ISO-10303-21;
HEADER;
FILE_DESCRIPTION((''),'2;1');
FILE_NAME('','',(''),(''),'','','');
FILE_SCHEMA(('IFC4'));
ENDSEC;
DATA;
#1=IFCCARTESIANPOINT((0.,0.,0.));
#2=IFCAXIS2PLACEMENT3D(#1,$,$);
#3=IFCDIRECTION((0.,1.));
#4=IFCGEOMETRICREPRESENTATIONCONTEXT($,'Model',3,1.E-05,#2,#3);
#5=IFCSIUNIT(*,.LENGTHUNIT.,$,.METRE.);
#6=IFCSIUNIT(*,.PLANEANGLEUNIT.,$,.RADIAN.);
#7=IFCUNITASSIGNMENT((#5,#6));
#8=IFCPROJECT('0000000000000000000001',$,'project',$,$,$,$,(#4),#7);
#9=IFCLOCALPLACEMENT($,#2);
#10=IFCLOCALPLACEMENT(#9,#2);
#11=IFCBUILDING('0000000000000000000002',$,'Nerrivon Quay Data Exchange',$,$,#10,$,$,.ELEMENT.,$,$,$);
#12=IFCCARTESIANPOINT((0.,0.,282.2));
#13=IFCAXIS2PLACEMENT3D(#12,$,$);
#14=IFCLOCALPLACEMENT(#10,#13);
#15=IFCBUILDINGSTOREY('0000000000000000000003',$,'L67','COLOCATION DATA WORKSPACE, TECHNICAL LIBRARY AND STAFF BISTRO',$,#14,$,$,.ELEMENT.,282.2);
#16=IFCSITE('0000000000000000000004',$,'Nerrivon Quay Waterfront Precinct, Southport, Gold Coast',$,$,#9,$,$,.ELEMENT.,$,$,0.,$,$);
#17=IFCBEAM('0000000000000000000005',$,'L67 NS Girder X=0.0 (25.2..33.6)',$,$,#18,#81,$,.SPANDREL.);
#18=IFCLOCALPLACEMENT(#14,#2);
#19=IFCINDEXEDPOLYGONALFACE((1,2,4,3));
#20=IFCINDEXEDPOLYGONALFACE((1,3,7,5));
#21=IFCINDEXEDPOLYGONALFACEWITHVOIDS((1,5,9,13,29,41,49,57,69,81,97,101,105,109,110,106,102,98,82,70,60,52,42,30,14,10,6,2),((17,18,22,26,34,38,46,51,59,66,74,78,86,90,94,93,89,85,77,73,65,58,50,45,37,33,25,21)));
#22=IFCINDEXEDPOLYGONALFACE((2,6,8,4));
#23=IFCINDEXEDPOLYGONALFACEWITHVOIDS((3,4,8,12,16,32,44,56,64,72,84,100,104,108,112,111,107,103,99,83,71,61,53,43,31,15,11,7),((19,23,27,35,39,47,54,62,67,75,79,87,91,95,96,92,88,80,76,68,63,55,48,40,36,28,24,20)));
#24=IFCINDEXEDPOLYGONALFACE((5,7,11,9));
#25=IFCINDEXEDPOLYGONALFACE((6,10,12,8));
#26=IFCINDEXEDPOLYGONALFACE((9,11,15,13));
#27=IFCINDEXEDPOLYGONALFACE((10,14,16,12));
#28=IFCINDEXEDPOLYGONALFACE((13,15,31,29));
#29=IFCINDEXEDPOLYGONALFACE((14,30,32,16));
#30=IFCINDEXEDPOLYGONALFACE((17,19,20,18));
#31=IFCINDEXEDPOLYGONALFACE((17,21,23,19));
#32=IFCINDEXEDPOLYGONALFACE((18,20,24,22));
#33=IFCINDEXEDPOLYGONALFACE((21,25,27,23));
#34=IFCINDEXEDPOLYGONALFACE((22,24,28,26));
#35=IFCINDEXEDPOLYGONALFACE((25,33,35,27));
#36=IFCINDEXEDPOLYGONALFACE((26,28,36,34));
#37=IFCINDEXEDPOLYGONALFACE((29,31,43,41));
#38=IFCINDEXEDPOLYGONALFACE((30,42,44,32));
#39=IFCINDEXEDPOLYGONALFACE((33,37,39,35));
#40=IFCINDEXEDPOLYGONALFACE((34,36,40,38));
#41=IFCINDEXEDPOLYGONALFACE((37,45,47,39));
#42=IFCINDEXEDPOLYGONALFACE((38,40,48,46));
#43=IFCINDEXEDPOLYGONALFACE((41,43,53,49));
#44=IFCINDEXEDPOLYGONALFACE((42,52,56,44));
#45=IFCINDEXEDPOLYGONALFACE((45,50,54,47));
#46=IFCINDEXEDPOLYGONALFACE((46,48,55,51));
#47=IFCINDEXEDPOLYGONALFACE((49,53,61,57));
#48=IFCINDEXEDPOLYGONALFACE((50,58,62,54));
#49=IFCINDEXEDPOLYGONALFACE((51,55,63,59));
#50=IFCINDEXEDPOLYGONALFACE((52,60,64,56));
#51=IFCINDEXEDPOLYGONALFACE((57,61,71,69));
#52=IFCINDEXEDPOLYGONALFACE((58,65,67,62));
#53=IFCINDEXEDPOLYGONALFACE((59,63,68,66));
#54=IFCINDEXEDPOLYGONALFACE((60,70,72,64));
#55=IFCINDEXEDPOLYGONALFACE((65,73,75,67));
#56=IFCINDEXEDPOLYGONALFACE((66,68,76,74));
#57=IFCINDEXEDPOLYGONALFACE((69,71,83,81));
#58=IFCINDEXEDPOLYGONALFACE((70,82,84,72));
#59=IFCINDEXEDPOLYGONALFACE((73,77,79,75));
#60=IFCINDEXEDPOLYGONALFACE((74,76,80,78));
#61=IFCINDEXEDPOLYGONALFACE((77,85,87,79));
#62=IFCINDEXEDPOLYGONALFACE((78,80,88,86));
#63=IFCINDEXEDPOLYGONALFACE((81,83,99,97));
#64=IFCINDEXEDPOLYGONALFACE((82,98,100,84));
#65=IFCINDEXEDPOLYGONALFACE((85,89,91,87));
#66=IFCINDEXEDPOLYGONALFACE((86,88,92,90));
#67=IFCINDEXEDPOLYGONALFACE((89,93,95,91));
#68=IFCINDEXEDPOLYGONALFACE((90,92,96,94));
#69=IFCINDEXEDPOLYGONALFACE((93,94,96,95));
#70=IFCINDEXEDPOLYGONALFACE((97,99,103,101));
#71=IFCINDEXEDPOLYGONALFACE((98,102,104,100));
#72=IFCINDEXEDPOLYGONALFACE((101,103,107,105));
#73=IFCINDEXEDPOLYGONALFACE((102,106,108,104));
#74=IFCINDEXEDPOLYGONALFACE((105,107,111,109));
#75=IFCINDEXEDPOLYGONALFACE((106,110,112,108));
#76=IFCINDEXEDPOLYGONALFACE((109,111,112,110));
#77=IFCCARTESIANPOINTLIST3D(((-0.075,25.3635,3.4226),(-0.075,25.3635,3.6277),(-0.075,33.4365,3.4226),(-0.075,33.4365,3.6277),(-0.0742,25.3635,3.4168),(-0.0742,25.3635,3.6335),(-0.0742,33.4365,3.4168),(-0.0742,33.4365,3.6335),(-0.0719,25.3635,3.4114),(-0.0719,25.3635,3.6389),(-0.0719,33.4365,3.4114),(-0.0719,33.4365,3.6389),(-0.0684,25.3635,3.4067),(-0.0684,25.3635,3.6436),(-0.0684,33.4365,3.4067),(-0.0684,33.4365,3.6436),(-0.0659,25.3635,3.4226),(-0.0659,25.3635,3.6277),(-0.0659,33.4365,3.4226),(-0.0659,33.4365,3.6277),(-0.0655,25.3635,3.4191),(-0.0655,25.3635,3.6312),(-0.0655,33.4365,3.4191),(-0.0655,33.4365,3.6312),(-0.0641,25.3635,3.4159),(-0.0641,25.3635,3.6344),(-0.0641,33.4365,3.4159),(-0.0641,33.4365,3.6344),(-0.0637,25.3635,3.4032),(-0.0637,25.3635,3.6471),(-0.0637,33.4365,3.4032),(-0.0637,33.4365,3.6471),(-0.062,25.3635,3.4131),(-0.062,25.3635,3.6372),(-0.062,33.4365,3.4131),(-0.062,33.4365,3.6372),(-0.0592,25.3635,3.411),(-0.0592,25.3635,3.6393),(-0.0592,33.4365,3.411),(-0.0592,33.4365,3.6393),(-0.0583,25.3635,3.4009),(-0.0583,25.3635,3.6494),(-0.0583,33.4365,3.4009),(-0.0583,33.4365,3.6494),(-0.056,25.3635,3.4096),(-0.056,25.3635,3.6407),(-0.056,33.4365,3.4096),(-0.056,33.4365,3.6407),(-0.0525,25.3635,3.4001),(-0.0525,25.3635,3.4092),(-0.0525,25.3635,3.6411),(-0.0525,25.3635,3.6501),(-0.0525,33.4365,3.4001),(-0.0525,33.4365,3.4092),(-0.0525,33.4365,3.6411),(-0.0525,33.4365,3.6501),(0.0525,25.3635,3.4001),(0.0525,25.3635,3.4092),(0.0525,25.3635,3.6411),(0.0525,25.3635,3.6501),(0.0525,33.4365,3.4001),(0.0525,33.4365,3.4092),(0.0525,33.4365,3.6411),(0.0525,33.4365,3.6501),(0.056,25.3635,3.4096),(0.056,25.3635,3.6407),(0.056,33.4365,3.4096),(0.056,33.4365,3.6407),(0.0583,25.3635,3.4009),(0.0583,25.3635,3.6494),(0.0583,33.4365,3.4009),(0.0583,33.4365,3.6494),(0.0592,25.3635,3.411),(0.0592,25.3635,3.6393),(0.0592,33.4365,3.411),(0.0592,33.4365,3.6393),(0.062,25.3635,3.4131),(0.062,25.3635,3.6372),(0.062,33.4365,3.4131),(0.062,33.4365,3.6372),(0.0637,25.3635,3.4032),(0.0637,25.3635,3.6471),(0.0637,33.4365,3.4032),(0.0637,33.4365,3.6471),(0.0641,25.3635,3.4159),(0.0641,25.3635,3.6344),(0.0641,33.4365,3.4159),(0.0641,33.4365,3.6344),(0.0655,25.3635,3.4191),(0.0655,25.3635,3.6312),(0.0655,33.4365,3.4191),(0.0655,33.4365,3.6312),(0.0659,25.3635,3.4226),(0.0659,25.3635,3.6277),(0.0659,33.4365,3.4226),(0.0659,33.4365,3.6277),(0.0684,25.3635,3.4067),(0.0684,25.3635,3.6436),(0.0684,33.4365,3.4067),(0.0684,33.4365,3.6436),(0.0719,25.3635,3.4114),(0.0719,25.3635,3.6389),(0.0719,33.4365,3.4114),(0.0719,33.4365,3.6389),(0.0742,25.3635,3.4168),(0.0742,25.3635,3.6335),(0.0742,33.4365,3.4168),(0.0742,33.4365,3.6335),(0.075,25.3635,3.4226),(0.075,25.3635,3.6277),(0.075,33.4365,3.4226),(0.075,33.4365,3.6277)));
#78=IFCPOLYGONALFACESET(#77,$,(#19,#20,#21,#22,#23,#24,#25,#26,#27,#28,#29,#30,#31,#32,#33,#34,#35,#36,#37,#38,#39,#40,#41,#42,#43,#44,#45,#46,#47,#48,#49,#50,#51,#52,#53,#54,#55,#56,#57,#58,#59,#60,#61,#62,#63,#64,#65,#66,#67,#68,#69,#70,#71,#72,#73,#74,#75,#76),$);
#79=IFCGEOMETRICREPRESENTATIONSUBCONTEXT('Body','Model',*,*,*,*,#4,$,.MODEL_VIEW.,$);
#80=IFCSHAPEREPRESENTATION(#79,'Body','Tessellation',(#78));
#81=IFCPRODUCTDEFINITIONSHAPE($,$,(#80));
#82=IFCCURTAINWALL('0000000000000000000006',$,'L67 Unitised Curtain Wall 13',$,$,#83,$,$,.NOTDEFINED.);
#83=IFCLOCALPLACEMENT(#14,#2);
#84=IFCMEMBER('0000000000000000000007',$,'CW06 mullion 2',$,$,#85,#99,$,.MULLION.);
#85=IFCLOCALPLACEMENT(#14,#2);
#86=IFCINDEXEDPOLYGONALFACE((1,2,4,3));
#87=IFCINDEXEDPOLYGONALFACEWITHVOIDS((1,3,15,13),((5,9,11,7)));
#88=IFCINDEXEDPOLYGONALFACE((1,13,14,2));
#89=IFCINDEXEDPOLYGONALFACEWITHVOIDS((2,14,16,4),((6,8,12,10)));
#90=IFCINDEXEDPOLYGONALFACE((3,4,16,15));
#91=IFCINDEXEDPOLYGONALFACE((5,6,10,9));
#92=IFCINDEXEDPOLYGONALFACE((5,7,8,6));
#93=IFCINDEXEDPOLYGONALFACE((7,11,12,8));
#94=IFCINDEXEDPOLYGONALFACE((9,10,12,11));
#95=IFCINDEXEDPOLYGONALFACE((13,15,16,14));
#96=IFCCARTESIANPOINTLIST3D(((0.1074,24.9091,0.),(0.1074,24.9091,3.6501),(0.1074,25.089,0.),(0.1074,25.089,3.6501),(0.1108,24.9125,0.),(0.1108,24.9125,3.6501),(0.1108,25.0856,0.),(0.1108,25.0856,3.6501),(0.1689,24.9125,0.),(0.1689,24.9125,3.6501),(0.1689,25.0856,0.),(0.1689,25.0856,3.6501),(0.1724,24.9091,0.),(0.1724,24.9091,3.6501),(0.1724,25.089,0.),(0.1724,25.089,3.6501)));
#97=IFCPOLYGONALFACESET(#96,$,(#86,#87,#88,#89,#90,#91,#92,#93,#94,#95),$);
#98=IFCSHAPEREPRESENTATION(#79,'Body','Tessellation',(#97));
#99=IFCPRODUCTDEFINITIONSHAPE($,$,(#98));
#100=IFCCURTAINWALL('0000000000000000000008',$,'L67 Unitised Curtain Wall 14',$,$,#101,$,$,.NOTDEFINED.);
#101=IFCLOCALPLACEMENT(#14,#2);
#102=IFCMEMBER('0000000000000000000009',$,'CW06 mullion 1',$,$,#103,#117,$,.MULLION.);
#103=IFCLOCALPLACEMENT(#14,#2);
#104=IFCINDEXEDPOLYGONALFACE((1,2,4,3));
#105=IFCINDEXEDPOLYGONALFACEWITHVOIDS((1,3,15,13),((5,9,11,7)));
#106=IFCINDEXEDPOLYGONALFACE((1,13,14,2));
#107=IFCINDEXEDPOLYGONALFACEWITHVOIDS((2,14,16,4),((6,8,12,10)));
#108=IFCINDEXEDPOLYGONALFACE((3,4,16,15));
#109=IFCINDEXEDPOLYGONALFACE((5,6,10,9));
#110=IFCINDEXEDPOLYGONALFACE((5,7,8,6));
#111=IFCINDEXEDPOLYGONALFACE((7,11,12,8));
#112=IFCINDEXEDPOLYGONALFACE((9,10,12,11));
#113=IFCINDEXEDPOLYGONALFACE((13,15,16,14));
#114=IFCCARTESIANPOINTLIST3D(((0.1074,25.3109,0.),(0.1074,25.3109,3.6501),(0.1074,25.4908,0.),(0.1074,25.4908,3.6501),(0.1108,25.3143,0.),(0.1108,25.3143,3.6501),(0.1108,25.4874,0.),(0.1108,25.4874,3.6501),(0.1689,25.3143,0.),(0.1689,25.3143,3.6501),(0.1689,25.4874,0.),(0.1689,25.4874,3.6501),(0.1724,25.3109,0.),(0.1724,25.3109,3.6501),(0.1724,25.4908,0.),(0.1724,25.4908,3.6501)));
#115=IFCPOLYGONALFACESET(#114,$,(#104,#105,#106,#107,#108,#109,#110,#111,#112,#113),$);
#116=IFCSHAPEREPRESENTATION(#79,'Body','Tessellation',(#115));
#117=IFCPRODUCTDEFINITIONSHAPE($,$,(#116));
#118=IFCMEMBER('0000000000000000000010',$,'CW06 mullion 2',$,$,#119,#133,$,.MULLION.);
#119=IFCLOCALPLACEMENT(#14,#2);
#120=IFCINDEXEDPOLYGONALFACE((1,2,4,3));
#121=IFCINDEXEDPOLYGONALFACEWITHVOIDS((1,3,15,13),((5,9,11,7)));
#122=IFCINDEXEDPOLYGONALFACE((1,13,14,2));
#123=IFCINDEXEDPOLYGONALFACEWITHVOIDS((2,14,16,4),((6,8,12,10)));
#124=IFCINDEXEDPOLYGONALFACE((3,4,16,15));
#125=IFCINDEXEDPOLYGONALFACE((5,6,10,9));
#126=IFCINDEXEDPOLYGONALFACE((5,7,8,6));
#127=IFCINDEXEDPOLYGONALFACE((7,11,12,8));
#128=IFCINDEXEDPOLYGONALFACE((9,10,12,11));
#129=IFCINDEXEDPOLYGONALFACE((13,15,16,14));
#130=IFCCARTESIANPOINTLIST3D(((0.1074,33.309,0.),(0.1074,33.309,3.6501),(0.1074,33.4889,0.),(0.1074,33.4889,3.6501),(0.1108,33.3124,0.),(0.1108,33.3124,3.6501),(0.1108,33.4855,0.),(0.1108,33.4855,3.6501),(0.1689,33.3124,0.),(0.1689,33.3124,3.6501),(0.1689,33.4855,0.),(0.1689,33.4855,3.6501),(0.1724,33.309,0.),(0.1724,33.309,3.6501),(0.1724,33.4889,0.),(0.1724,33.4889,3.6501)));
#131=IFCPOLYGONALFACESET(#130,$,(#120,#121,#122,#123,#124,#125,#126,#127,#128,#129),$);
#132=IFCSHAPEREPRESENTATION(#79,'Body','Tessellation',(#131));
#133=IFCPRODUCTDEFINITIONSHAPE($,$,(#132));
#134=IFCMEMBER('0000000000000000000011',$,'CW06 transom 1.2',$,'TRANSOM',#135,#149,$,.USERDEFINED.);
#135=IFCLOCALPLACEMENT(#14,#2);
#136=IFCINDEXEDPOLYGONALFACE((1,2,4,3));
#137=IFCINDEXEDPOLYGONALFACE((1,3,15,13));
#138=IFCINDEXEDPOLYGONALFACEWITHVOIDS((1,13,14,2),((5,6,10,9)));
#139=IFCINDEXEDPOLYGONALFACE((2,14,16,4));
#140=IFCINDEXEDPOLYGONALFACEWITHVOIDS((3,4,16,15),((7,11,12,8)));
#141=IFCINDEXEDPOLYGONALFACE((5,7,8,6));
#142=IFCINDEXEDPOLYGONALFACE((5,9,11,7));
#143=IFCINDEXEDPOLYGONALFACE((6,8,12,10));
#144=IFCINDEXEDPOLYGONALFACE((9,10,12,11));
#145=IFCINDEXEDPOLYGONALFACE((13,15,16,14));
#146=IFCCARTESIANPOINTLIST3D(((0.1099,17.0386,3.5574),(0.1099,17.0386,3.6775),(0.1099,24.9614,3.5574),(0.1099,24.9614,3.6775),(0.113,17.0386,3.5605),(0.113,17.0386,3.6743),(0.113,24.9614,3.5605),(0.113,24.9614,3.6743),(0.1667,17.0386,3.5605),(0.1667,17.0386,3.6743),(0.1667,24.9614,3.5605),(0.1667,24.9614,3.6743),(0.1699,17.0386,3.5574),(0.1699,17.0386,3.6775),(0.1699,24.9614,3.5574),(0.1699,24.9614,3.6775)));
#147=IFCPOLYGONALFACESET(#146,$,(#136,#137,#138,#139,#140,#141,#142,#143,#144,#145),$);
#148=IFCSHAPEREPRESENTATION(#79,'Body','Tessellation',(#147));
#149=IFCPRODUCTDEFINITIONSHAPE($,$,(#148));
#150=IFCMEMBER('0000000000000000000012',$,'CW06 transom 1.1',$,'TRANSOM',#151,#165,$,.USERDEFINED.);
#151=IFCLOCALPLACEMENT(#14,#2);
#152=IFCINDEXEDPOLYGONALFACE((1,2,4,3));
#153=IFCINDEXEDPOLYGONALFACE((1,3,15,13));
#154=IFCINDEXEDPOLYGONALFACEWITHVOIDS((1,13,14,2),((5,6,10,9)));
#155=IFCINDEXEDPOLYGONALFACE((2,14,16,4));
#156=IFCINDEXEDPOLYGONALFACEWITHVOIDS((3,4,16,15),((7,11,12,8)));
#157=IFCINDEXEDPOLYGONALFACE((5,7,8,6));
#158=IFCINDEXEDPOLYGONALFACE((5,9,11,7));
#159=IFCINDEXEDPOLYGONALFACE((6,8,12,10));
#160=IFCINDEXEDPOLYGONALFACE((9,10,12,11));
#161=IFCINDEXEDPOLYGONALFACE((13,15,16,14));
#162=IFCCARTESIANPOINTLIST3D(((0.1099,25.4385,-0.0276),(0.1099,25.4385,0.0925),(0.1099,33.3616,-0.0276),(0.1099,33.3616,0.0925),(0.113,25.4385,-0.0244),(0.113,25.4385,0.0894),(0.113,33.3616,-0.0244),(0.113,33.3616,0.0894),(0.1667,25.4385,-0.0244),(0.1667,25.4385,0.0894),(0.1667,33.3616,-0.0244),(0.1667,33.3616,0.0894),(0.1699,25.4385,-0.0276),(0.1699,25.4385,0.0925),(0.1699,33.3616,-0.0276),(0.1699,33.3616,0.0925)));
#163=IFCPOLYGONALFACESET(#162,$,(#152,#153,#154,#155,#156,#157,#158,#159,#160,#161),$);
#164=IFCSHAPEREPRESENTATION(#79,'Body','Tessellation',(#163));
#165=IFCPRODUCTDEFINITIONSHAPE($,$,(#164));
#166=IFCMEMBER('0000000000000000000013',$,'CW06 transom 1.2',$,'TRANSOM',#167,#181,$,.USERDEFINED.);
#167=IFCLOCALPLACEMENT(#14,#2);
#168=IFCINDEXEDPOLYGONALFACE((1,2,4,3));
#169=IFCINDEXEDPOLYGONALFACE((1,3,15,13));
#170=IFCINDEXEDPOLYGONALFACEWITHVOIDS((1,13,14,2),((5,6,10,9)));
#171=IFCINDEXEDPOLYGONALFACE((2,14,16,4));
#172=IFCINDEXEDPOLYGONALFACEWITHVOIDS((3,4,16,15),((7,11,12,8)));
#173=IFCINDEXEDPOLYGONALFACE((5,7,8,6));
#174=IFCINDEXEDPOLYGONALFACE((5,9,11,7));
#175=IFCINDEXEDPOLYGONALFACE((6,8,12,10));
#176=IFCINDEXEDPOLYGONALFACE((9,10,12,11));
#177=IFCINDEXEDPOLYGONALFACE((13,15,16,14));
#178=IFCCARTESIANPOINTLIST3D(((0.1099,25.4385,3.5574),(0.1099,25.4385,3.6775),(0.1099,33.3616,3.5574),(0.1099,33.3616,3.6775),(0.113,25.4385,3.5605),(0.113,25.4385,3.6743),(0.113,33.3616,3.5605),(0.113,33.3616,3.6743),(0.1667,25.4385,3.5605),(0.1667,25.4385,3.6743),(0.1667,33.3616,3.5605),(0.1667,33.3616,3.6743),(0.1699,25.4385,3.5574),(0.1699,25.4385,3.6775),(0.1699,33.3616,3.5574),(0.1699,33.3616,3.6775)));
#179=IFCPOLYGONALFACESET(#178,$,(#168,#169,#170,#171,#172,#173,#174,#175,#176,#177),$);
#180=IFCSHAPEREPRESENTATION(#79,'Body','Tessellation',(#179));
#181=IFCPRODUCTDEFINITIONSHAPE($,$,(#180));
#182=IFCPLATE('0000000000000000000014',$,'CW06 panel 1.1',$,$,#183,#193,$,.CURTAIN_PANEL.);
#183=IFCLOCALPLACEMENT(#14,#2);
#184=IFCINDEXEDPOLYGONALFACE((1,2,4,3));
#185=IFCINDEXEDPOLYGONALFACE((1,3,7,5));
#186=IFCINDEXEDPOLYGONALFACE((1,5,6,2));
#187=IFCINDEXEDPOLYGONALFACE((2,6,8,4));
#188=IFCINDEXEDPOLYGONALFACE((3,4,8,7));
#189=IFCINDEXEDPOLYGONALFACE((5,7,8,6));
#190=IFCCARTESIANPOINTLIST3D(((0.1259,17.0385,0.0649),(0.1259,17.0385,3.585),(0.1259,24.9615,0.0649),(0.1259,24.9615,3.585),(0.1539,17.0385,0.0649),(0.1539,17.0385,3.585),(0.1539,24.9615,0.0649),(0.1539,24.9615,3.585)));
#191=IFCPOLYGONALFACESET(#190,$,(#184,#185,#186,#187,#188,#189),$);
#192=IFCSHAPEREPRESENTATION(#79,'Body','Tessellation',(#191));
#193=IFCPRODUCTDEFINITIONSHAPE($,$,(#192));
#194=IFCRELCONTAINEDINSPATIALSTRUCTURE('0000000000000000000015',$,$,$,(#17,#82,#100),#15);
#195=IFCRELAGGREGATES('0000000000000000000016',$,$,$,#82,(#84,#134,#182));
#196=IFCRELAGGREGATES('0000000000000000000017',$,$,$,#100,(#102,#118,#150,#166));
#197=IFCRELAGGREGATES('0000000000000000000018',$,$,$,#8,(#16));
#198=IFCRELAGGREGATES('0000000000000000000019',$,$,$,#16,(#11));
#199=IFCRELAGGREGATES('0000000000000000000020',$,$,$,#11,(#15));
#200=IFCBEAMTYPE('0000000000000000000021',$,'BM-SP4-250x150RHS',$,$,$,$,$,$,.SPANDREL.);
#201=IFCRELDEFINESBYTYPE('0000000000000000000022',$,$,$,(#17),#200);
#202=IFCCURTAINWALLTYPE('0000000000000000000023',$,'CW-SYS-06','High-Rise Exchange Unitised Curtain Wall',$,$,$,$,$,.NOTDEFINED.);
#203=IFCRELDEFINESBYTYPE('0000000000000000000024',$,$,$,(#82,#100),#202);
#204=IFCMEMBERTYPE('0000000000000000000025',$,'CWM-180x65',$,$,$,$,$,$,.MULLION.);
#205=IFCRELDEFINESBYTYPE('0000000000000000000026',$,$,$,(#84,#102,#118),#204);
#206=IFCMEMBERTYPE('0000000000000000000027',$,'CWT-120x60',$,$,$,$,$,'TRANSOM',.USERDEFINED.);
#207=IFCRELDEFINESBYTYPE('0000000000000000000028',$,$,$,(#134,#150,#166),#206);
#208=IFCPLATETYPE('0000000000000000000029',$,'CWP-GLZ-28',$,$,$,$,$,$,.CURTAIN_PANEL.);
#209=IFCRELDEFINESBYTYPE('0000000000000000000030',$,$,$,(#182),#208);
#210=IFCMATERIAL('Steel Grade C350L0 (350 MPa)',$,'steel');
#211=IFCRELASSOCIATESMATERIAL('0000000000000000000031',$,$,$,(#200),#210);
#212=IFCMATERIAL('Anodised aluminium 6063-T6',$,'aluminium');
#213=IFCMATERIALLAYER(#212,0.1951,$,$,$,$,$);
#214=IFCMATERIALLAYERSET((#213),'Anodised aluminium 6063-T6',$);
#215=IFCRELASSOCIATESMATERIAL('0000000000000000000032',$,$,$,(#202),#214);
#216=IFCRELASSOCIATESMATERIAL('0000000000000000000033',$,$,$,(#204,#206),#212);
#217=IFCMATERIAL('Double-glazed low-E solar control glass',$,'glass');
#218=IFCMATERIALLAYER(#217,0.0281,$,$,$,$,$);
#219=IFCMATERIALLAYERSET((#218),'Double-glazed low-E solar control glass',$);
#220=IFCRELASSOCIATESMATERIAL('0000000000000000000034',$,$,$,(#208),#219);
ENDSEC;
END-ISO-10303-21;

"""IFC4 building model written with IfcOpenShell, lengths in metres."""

from ifc_helpers import new_model, si_unit, direction, frame, origin, origin_2d, place, context, subcontext, project, spatial, rectangle, hollow_rectangle, extrude, material, layer, layer_set, material_profile, profile_set, type_object, element, aggregate, save


model = new_model("IFC4")

# Units and contexts
model_context = context("Model", 3, precision=1e-05, world=origin(), true_north=direction((0.0, 1.0)))
body_context = subcontext(model_context, "Body", "Model", "MODEL_VIEW")
ifc_project = project(units=[si_unit("LENGTHUNIT", "METRE"), si_unit("PLANEANGLEUNIT", "RADIAN")], contexts=[model_context])

# Site, building, storey
site_placement = place(None, origin())
site = spatial("IfcSite", under=ifc_project, at=site_placement, Name="Nerrivon Quay Waterfront Precinct, Southport, Gold Coast", CompositionType="ELEMENT", RefElevation=0.0)
building_placement = place(site_placement, origin())
building = spatial("IfcBuilding", under=site, at=building_placement, Name="Nerrivon Quay Data Exchange", CompositionType="ELEMENT")
storey_placement = place(building_placement, frame((0.0, 0.0, 282.2)))
storey = spatial("IfcBuildingStorey", under=building, at=storey_placement, Name="L67", Description="COLOCATION DATA WORKSPACE, TECHNICAL LIBRARY AND STAFF BISTRO", CompositionType="ELEMENT", Elevation=282.2)

# Beam
ifc_material_1 = material(Name="Steel Grade C350L0 (350 MPa)", Category="steel")
ifc_material_profile_1 = material_profile(ifc_material_1, hollow_rectangle(XDim=0.1499, YDim=0.25, WallThickness=0.009, InnerFilletRadius=0.0134, OuterFilletRadius=0.0225, at=origin_2d()), Name="250x150x9.0RHS")
ifc_profile_set_1 = profile_set([ifc_material_profile_1], Name="Steel Grade C350L0 (350 MPa)")
beam_type_1 = type_object("IfcBeamType", Name="BM-SP4-250x150RHS", PredefinedType="SPANDREL", material=ifc_profile_set_1)
beam_1_placement = place(storey_placement, frame((0.0, 25.3635, 3.5251), z_axis=(0.0, 1.0, 0.0), x_axis=(-1.0, 0.0, 0.0)))
element("IfcBeam", 1, at=beam_1_placement, inside=storey, type_object=beam_type_1, Name="L67 NS Girder X=0.0 (25.2..33.6)", PredefinedType="SPANDREL", context=body_context, shape_type="SweptSolid", body=[
    extrude(hollow_rectangle(XDim=0.1499, YDim=0.25, WallThickness=0.009, InnerFilletRadius=0.0134, OuterFilletRadius=0.0225, at=origin_2d()), origin(), (0.0, 0.0, 1.0), 8.073),
])

# Curtain wall, member
ifc_material_2 = material(Name="Anodised aluminium 6063-T6", Category="aluminium")
ifc_layer_1 = layer(ifc_material_2, 0.1951)
ifc_layer_set_1 = layer_set([ifc_layer_1], Name="Anodised aluminium 6063-T6")
curtain_wall_type = type_object("IfcCurtainWallType", Name="CW-SYS-06", Description="High-Rise Exchange Unitised Curtain Wall", PredefinedType="NOTDEFINED", material=ifc_layer_set_1)
curtain_wall_1_placement = place(storey_placement, origin())
curtain_wall_1 = element("IfcCurtainWall", 2, at=curtain_wall_1_placement, inside=storey, type_object=curtain_wall_type, Name="L67 Unitised Curtain Wall 13", PredefinedType="NOTDEFINED")
ifc_material_profile_2 = material_profile(ifc_material_2, hollow_rectangle(XDim=0.0649, YDim=0.1799, WallThickness=0.0034, at=origin_2d()), Name="ALU-MULL-180x65")
ifc_profile_set_2 = profile_set([ifc_material_profile_2], Name="Anodised aluminium 6063-T6")
member_type_1 = type_object("IfcMemberType", Name="CWM-180x65", PredefinedType="MULLION", material=ifc_profile_set_2)
member_1_placement = place(storey_placement, frame((0.1399, 24.999, 0.0), z_axis=(0.0, 0.0, 1.0), x_axis=(-1.0, 0.0, 0.0)))
member_1 = element("IfcMember", 3, at=member_1_placement, type_object=member_type_1, Name="CW06 mullion 2", PredefinedType="MULLION", context=body_context, shape_type="SweptSolid", body=[
    extrude(hollow_rectangle(XDim=0.0649, YDim=0.1799, WallThickness=0.0034, at=origin_2d()), origin(), (0.0, 0.0, 1.0), 3.6501),
])

# Curtain wall, members
curtain_wall_2_placement = place(storey_placement, origin())
curtain_wall_2 = element("IfcCurtainWall", 4, at=curtain_wall_2_placement, inside=storey, type_object=curtain_wall_type, Name="L67 Unitised Curtain Wall 14", PredefinedType="NOTDEFINED")
member_2_placement = place(storey_placement, frame((0.1399, 25.4009, 0.0), z_axis=(0.0, 0.0, 1.0), x_axis=(-1.0, 0.0, 0.0)))
member_2 = element("IfcMember", 5, at=member_2_placement, type_object=member_type_1, Name="CW06 mullion 1", PredefinedType="MULLION", context=body_context, shape_type="SweptSolid", body=[
    extrude(hollow_rectangle(XDim=0.0649, YDim=0.1799, WallThickness=0.0034, at=origin_2d()), origin(), (0.0, 0.0, 1.0), 3.6501),
])
member_3_placement = place(storey_placement, frame((0.1399, 33.3989, 0.0), z_axis=(0.0, 0.0, 1.0), x_axis=(-1.0, 0.0, 0.0)))
member_3 = element("IfcMember", 6, at=member_3_placement, type_object=member_type_1, Name="CW06 mullion 2", PredefinedType="MULLION", context=body_context, shape_type="SweptSolid", body=[
    extrude(hollow_rectangle(XDim=0.0649, YDim=0.1799, WallThickness=0.0034, at=origin_2d()), origin(), (0.0, 0.0, 1.0), 3.6501),
])

# Members
ifc_material_profile_3 = material_profile(ifc_material_2, hollow_rectangle(XDim=0.0601, YDim=0.1201, WallThickness=0.0032, at=origin_2d()), Name="ALU-TRAN-120x60")
ifc_profile_set_3 = profile_set([ifc_material_profile_3], Name="Anodised aluminium 6063-T6")
member_type_2 = type_object("IfcMemberType", Name="CWT-120x60", ElementType="TRANSOM", PredefinedType="USERDEFINED", material=ifc_profile_set_3)
member_4_placement = place(storey_placement, frame((0.1399, 17.0386, 3.6174), z_axis=(0.0, 1.0, 0.0), x_axis=(-1.0, 0.0, 0.0)))
member_4 = element("IfcMember", 7, at=member_4_placement, type_object=member_type_2, Name="CW06 transom 1.2", ObjectType="TRANSOM", PredefinedType="USERDEFINED", context=body_context, shape_type="SweptSolid", body=[
    extrude(hollow_rectangle(XDim=0.0601, YDim=0.1201, WallThickness=0.0032, at=origin_2d()), origin(), (0.0, 0.0, 1.0), 7.9229),
])
member_5_placement = place(storey_placement, frame((0.1399, 25.4385, 0.0325), z_axis=(0.0, 1.0, 0.0), x_axis=(-1.0, 0.0, 0.0)))
member_5 = element("IfcMember", 8, at=member_5_placement, type_object=member_type_2, Name="CW06 transom 1.1", ObjectType="TRANSOM", PredefinedType="USERDEFINED", context=body_context, shape_type="SweptSolid", body=[
    extrude(hollow_rectangle(XDim=0.0601, YDim=0.1201, WallThickness=0.0032, at=origin_2d()), origin(), (0.0, 0.0, 1.0), 7.9231),
])
member_6_placement = place(storey_placement, frame((0.1399, 25.4385, 3.6174), z_axis=(0.0, 1.0, 0.0), x_axis=(-1.0, 0.0, 0.0)))
member_6 = element("IfcMember", 9, at=member_6_placement, type_object=member_type_2, Name="CW06 transom 1.2", ObjectType="TRANSOM", PredefinedType="USERDEFINED", context=body_context, shape_type="SweptSolid", body=[
    extrude(hollow_rectangle(XDim=0.0601, YDim=0.1201, WallThickness=0.0032, at=origin_2d()), origin(), (0.0, 0.0, 1.0), 7.9231),
])

# Plate
ifc_material_3 = material(Name="Double-glazed low-E solar control glass", Category="glass")
ifc_layer_2 = layer(ifc_material_3, 0.0281)
ifc_layer_set_2 = layer_set([ifc_layer_2], Name="Double-glazed low-E solar control glass")
plate_type = type_object("IfcPlateType", Name="CWP-GLZ-28", PredefinedType="CURTAIN_PANEL", material=ifc_layer_set_2)
plate_1_placement = place(storey_placement, frame((0.1399, 21.0, 0.0649), z_axis=(0.0, 0.0, 1.0), x_axis=(0.0, 1.0, 0.0)))
plate_1 = element("IfcPlate", 10, at=plate_1_placement, type_object=plate_type, Name="CW06 panel 1.1", PredefinedType="CURTAIN_PANEL", context=body_context, shape_type="SweptSolid", body=[
    extrude(rectangle(XDim=7.9231, YDim=0.0281, at=origin_2d()), origin(), (0.0, 0.0, 1.0), 3.52),
])
aggregate(curtain_wall_1, [member_1, member_4, plate_1])
aggregate(curtain_wall_2, [member_2, member_3, member_5, member_6])

save(model, "model.ifc")
